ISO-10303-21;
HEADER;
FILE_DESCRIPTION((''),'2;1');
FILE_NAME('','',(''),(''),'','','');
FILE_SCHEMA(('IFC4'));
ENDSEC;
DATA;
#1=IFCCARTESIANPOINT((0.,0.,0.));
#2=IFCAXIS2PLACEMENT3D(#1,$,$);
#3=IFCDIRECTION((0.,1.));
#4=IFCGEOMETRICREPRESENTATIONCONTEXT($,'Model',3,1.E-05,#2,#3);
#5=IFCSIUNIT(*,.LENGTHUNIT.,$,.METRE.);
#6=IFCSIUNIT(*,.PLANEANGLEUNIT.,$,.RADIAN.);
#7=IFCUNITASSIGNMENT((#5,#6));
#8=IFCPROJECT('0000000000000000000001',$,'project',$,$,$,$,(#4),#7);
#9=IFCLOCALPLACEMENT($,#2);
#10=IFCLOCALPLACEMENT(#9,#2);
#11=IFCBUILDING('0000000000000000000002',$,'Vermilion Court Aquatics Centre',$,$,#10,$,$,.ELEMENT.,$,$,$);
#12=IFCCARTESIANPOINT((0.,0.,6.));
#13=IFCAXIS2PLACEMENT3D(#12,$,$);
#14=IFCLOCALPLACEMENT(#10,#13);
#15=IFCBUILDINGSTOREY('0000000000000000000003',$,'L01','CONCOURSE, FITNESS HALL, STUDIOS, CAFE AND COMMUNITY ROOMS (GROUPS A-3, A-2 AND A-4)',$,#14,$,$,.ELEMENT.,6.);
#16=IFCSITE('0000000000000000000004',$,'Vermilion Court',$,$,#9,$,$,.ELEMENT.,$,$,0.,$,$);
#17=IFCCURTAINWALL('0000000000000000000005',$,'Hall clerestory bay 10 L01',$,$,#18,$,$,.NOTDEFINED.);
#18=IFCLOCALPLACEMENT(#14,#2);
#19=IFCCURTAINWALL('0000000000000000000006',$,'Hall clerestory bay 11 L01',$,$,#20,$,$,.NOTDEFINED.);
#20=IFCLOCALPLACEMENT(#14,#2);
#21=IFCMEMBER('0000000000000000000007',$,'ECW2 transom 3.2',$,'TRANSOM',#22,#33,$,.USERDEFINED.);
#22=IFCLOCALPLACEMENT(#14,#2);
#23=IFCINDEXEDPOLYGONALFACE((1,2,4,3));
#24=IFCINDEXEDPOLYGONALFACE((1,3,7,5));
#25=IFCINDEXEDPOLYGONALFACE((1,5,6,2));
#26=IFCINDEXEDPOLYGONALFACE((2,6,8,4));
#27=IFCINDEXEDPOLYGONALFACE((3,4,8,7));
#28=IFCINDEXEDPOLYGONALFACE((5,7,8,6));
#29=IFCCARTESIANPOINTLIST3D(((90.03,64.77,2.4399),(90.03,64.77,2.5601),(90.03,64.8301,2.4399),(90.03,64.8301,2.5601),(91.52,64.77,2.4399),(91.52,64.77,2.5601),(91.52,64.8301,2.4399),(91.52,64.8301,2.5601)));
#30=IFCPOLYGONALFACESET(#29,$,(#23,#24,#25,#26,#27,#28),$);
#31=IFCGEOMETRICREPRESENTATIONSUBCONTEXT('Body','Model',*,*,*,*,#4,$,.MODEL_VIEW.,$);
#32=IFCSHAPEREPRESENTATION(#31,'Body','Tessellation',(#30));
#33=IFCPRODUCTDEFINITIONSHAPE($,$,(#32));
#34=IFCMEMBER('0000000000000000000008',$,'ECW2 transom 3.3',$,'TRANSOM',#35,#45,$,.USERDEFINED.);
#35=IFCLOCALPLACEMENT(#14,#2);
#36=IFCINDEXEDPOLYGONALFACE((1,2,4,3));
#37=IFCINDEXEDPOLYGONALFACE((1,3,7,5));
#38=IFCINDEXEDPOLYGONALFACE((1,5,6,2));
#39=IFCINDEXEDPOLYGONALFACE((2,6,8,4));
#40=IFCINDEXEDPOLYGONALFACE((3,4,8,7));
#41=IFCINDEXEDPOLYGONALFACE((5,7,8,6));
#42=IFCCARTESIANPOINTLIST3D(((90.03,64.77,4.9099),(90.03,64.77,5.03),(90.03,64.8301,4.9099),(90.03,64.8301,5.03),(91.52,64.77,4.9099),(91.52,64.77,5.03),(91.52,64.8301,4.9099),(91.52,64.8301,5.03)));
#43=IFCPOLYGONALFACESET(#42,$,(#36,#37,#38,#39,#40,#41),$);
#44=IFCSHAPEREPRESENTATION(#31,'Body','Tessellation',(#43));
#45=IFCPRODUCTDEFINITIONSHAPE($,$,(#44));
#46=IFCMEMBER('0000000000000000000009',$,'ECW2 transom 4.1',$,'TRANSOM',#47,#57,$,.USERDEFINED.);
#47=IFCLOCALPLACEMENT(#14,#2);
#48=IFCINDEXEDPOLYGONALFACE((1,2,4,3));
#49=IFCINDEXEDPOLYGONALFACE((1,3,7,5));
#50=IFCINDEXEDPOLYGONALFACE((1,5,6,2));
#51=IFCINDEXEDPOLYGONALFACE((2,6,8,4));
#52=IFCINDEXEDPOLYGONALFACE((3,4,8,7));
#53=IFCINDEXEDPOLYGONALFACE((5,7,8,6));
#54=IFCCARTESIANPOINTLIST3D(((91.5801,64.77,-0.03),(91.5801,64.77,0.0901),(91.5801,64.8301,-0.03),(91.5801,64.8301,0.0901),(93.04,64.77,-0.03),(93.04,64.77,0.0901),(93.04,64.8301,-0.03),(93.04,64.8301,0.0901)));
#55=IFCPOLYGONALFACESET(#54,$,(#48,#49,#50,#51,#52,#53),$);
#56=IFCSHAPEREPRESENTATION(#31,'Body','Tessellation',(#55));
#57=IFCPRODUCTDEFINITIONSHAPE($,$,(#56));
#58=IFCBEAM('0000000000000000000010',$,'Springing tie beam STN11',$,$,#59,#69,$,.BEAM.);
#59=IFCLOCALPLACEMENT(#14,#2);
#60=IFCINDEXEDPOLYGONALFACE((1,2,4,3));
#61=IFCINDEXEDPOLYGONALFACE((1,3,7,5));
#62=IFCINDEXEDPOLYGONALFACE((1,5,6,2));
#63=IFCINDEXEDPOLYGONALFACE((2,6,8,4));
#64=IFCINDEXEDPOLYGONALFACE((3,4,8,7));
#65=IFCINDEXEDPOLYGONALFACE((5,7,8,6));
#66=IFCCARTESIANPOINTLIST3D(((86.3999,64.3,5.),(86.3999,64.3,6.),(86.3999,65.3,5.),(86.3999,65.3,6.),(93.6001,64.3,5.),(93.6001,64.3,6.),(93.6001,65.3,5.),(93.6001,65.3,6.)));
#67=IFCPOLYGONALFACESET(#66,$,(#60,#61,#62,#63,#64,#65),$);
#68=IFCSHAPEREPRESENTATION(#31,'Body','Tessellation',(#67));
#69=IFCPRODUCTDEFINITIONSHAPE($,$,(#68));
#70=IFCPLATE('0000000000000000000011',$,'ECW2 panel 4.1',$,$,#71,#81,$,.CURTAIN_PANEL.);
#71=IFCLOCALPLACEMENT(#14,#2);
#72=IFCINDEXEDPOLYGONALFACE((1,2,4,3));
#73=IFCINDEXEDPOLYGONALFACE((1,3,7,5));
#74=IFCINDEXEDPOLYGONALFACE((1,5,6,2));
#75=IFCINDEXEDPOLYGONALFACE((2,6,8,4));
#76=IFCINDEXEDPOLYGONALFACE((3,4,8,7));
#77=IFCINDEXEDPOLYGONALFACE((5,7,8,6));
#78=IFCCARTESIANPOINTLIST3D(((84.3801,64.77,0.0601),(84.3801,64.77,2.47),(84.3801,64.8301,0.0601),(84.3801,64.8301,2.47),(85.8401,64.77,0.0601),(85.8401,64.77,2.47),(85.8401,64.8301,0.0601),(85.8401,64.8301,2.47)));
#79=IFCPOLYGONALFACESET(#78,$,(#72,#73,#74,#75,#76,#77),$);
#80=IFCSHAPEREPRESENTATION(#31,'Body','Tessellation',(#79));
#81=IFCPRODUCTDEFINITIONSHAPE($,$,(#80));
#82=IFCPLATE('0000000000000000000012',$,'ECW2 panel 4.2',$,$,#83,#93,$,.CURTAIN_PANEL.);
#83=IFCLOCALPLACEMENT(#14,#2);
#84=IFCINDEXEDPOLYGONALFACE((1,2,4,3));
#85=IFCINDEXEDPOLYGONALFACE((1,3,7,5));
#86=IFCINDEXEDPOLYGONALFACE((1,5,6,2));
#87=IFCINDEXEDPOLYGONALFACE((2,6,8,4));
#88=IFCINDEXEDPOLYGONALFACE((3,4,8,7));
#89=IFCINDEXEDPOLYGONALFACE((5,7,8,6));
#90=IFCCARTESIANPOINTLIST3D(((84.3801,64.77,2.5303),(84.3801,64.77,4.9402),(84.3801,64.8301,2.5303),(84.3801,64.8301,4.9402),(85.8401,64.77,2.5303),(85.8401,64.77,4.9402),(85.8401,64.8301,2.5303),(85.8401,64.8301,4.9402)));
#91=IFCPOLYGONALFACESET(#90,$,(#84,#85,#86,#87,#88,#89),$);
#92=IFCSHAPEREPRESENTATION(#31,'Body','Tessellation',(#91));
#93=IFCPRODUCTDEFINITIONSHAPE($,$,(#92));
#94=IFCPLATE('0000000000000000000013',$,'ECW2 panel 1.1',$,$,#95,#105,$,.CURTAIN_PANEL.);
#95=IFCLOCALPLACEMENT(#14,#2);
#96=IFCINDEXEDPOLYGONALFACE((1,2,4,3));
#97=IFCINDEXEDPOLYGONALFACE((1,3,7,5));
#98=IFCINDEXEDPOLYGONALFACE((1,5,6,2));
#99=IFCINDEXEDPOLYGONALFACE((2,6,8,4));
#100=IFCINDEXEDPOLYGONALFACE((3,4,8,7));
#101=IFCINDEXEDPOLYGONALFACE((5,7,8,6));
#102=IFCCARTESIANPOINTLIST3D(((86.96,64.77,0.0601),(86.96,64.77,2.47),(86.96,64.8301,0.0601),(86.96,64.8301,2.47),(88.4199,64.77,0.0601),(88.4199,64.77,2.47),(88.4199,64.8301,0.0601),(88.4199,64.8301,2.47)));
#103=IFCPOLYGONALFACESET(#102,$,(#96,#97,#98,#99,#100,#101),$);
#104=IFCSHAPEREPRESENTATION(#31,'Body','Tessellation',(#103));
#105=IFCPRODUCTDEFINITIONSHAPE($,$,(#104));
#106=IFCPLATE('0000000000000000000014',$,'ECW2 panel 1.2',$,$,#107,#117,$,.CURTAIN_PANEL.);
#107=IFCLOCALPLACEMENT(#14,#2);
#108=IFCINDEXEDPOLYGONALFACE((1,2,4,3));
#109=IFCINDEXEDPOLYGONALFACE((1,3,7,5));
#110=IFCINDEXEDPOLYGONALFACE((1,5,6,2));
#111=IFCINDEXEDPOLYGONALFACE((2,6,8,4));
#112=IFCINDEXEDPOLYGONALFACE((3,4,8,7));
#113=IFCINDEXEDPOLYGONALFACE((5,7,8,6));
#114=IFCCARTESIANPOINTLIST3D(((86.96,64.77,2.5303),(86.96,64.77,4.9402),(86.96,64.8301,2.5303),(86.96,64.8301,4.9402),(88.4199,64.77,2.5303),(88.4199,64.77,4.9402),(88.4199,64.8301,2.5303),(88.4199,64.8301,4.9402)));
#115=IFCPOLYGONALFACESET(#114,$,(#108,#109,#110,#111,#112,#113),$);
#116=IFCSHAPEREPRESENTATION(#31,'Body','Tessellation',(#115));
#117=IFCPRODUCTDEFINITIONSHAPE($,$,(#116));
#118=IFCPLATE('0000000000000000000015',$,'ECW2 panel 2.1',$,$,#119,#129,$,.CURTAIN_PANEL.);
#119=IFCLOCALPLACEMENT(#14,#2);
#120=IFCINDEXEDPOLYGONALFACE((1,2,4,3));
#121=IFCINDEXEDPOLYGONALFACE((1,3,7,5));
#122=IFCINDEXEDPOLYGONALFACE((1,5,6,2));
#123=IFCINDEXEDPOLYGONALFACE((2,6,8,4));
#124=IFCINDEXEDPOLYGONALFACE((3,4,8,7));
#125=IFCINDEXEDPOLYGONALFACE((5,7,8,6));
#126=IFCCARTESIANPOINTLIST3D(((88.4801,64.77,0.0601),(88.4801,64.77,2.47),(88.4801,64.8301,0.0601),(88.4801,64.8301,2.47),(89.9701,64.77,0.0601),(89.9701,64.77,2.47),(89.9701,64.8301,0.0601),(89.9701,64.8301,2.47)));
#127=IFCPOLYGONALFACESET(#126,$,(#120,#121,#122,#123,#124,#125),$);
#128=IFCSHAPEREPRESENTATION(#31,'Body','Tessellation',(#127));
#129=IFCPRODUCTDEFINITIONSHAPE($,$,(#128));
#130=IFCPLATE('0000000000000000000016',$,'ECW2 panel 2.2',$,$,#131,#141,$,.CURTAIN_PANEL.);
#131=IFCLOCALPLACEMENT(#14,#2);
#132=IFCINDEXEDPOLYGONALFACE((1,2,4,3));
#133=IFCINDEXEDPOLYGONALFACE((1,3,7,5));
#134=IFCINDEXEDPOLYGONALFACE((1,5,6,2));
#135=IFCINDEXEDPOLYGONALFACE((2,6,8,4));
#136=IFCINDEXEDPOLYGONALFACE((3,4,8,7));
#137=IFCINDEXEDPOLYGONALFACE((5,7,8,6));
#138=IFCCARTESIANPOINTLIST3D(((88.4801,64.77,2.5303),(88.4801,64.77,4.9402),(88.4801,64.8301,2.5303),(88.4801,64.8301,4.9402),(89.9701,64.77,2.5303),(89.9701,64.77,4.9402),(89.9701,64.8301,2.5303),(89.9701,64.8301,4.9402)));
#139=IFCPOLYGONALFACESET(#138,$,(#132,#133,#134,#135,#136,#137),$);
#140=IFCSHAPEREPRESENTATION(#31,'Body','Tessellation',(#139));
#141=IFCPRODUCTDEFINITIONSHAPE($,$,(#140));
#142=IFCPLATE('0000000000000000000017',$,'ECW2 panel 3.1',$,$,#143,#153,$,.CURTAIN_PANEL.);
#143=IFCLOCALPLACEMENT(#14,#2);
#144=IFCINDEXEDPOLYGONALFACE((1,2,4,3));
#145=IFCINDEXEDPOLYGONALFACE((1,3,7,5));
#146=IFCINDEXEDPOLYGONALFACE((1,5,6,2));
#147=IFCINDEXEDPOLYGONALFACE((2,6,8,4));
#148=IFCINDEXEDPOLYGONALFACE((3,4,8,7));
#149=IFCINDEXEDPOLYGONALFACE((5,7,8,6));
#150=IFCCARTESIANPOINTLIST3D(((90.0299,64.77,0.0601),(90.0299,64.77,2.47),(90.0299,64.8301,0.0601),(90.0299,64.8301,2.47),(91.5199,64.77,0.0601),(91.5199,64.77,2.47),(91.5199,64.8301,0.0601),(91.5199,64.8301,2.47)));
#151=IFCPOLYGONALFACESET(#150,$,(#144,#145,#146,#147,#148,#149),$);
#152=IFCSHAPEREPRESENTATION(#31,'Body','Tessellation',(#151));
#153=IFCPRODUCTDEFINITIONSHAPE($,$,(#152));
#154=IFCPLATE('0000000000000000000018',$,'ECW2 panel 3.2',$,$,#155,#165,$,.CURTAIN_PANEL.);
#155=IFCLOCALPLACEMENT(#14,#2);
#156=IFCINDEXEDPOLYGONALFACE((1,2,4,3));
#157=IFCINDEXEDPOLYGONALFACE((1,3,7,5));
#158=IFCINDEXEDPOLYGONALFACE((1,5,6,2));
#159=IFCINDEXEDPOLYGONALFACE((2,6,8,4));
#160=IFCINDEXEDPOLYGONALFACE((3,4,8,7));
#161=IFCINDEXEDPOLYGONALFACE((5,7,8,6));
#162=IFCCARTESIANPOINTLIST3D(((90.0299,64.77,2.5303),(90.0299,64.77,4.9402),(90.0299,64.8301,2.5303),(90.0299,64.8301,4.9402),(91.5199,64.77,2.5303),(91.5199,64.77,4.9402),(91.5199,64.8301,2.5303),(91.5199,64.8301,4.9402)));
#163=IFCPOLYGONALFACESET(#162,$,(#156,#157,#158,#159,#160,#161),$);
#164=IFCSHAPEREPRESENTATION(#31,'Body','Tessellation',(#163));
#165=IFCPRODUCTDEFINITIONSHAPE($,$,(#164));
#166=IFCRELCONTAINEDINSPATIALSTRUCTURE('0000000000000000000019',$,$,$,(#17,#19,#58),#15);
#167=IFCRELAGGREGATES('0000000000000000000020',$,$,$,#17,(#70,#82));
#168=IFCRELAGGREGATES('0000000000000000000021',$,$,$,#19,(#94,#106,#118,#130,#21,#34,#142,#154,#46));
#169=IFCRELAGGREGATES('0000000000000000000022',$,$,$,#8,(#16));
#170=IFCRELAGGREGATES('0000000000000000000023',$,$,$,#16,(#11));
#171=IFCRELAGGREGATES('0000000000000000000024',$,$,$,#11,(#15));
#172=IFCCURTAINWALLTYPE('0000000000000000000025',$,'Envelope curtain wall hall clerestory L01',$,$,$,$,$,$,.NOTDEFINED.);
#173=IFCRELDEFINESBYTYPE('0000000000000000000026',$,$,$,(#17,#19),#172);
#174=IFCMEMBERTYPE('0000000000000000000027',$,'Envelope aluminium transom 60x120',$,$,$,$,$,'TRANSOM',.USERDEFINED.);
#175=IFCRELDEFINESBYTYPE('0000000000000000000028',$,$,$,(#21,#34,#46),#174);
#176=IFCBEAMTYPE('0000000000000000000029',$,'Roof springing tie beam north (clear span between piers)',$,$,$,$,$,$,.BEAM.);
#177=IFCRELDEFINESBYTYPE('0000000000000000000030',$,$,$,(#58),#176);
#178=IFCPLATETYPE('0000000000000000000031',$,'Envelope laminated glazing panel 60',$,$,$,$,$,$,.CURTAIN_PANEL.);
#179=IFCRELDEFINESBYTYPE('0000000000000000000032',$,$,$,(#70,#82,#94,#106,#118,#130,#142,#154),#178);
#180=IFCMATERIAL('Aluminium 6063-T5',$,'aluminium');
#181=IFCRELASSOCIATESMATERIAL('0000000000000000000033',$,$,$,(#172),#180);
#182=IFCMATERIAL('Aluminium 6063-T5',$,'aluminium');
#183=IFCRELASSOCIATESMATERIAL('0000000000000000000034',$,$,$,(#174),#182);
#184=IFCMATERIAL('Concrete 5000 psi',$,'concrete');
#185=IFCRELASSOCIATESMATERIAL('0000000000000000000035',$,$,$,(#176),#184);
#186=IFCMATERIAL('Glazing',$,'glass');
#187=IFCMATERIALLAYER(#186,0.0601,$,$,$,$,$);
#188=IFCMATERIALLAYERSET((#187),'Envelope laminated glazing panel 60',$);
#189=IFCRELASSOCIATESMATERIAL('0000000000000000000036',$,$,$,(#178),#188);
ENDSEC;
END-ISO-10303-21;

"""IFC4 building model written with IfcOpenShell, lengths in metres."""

from ifc_helpers import new_model, si_unit, direction, frame, origin, origin_2d, place, context, subcontext, project, spatial, rectangle, extrude, material, layer, layer_set, material_profile, profile_set, type_object, element, aggregate, save


model = new_model("IFC4")

# Units and contexts
model_context = context("Model", 3, precision=1e-05, world=origin(), true_north=direction((0.0, 1.0)))
body_context = subcontext(model_context, "Body", "Model", "MODEL_VIEW")
ifc_project = project(units=[si_unit("LENGTHUNIT", "METRE"), si_unit("PLANEANGLEUNIT", "RADIAN")], contexts=[model_context])

# Site, building, storey
site_placement = place(None, origin())
site = spatial("IfcSite", under=ifc_project, at=site_placement, Name="Vermilion Court", CompositionType="ELEMENT", RefElevation=0.0)
building_placement = place(site_placement, origin())
building = spatial("IfcBuilding", under=site, at=building_placement, Name="Vermilion Court Aquatics Centre", CompositionType="ELEMENT")
storey_placement = place(building_placement, frame((0.0, 0.0, 6.0)))
storey = spatial("IfcBuildingStorey", under=building, at=storey_placement, Name="L01", Description="CONCOURSE, FITNESS HALL, STUDIOS, CAFE AND COMMUNITY ROOMS (GROUPS A-3, A-2 AND A-4)", CompositionType="ELEMENT", Elevation=6.0)

# Curtain wall
ifc_material_1 = material(Name="Aluminium 6063-T5", Category="aluminium")
curtain_wall_type = type_object("IfcCurtainWallType", Name="Envelope curtain wall hall clerestory L01", PredefinedType="NOTDEFINED", material=ifc_material_1)
curtain_wall_1_placement = place(storey_placement, origin())
curtain_wall_1 = element("IfcCurtainWall", 1, at=curtain_wall_1_placement, inside=storey, type_object=curtain_wall_type, Name="Hall clerestory bay 10 L01", PredefinedType="NOTDEFINED")

# Curtain wall
curtain_wall_2_placement = place(storey_placement, origin())
curtain_wall_2 = element("IfcCurtainWall", 2, at=curtain_wall_2_placement, inside=storey, type_object=curtain_wall_type, Name="Hall clerestory bay 11 L01", PredefinedType="NOTDEFINED")

# Members
ifc_material_2 = material(Name="Aluminium 6063-T5", Category="aluminium")
ifc_material_profile_1 = material_profile(ifc_material_2, rectangle(XDim=0.0601, YDim=0.1201, at=origin_2d()), Name="AL 60x120")
ifc_profile_set_1 = profile_set([ifc_material_profile_1], Name="Aluminium 6063-T5")
member_type_1 = type_object("IfcMemberType", Name="Envelope aluminium transom 60x120", ElementType="TRANSOM", PredefinedType="USERDEFINED", material=ifc_profile_set_1)
member_1_placement = place(storey_placement, frame((90.03, 64.8, 2.5), z_axis=(1.0, 0.0, 0.0), x_axis=(0.0, 1.0, 0.0)))
member_1 = element("IfcMember", 3, at=member_1_placement, type_object=member_type_1, Name="ECW2 transom 3.2", ObjectType="TRANSOM", PredefinedType="USERDEFINED", context=body_context, shape_type="SweptSolid", body=[
    extrude(rectangle(XDim=0.0601, YDim=0.1201, at=origin_2d()), origin(), (0.0, 0.0, 1.0), 1.49),
])
member_2_placement = place(storey_placement, frame((90.03, 64.8, 4.97), z_axis=(1.0, 0.0, 0.0), x_axis=(0.0, 1.0, 0.0)))
member_2 = element("IfcMember", 4, at=member_2_placement, type_object=member_type_1, Name="ECW2 transom 3.3", ObjectType="TRANSOM", PredefinedType="USERDEFINED", context=body_context, shape_type="SweptSolid", body=[
    extrude(rectangle(XDim=0.0601, YDim=0.1201, at=origin_2d()), origin(), (0.0, 0.0, 1.0), 1.49),
])
member_3_placement = place(storey_placement, frame((91.5801, 64.8, 0.03), z_axis=(1.0, 0.0, 0.0), x_axis=(0.0, 1.0, 0.0)))
member_3 = element("IfcMember", 5, at=member_3_placement, type_object=member_type_1, Name="ECW2 transom 4.1", ObjectType="TRANSOM", PredefinedType="USERDEFINED", context=body_context, shape_type="SweptSolid", body=[
    extrude(rectangle(XDim=0.0601, YDim=0.1201, at=origin_2d()), origin(), (0.0, 0.0, 1.0), 1.46),
])

# Beam
ifc_material_3 = material(Name="Concrete 5000 psi", Category="concrete")
ifc_material_profile_2 = material_profile(ifc_material_3, rectangle(XDim=1.0, YDim=1.0, at=origin_2d()), Name="RC 1000x1000")
ifc_profile_set_2 = profile_set([ifc_material_profile_2], Name="Concrete 5000 psi")
beam_type = type_object("IfcBeamType", Name="Roof springing tie beam north (clear span between piers)", PredefinedType="BEAM", material=ifc_profile_set_2)
beam_placement = place(storey_placement, frame((86.3999, 64.8, 5.5), z_axis=(1.0, 0.0, 0.0), x_axis=(0.0, 1.0, 0.0)))
element("IfcBeam", 6, at=beam_placement, inside=storey, type_object=beam_type, Name="Springing tie beam STN11", PredefinedType="BEAM", context=body_context, shape_type="SweptSolid", body=[
    extrude(rectangle(XDim=1.0, YDim=1.0, at=origin_2d()), origin(), (0.0, 0.0, 1.0), 7.2002),
])

# Plates
ifc_material_4 = material(Name="Glazing", Category="glass")
ifc_layer = layer(ifc_material_4, 0.0601)
ifc_layer_set = layer_set([ifc_layer], Name="Envelope laminated glazing panel 60")
plate_type = type_object("IfcPlateType", Name="Envelope laminated glazing panel 60", PredefinedType="CURTAIN_PANEL", material=ifc_layer_set)
plate_1_placement = place(storey_placement, frame((85.1101, 64.8, 0.0601), z_axis=(0.0, 0.0, 1.0), x_axis=(1.0, 0.0, 0.0)))
plate_1 = element("IfcPlate", 7, at=plate_1_placement, type_object=plate_type, Name="ECW2 panel 4.1", PredefinedType="CURTAIN_PANEL", context=body_context, shape_type="SweptSolid", body=[
    extrude(rectangle(XDim=1.46, YDim=0.0601, at=origin_2d()), origin(), (0.0, 0.0, 1.0), 2.4099),
])
plate_2_placement = place(storey_placement, frame((85.1101, 64.8, 2.5303), z_axis=(0.0, 0.0, 1.0), x_axis=(1.0, 0.0, 0.0)))
plate_2 = element("IfcPlate", 8, at=plate_2_placement, type_object=plate_type, Name="ECW2 panel 4.2", PredefinedType="CURTAIN_PANEL", context=body_context, shape_type="SweptSolid", body=[
    extrude(rectangle(XDim=1.46, YDim=0.0601, at=origin_2d()), origin(), (0.0, 0.0, 1.0), 2.4099),
])
aggregate(curtain_wall_1, [plate_1, plate_2])
plate_3_placement = place(storey_placement, frame((87.6899, 64.8, 0.0601), z_axis=(0.0, 0.0, 1.0), x_axis=(1.0, 0.0, 0.0)))
plate_3 = element("IfcPlate", 9, at=plate_3_placement, type_object=plate_type, Name="ECW2 panel 1.1", PredefinedType="CURTAIN_PANEL", context=body_context, shape_type="SweptSolid", body=[
    extrude(rectangle(XDim=1.46, YDim=0.0601, at=origin_2d()), origin(), (0.0, 0.0, 1.0), 2.4099),
])
plate_4_placement = place(storey_placement, frame((87.6899, 64.8, 2.5303), z_axis=(0.0, 0.0, 1.0), x_axis=(1.0, 0.0, 0.0)))
plate_4 = element("IfcPlate", 10, at=plate_4_placement, type_object=plate_type, Name="ECW2 panel 1.2", PredefinedType="CURTAIN_PANEL", context=body_context, shape_type="SweptSolid", body=[
    extrude(rectangle(XDim=1.46, YDim=0.0601, at=origin_2d()), origin(), (0.0, 0.0, 1.0), 2.4099),
])
plate_5_placement = place(storey_placement, frame((89.2251, 64.8, 0.0601), z_axis=(0.0, 0.0, 1.0), x_axis=(1.0, 0.0, 0.0)))
plate_5 = element("IfcPlate", 11, at=plate_5_placement, type_object=plate_type, Name="ECW2 panel 2.1", PredefinedType="CURTAIN_PANEL", context=body_context, shape_type="SweptSolid", body=[
    extrude(rectangle(XDim=1.49, YDim=0.0601, at=origin_2d()), origin(), (0.0, 0.0, 1.0), 2.4099),
])
plate_6_placement = place(storey_placement, frame((89.2251, 64.8, 2.5303), z_axis=(0.0, 0.0, 1.0), x_axis=(1.0, 0.0, 0.0)))
plate_6 = element("IfcPlate", 12, at=plate_6_placement, type_object=plate_type, Name="ECW2 panel 2.2", PredefinedType="CURTAIN_PANEL", context=body_context, shape_type="SweptSolid", body=[
    extrude(rectangle(XDim=1.49, YDim=0.0601, at=origin_2d()), origin(), (0.0, 0.0, 1.0), 2.4099),
])
plate_7_placement = place(storey_placement, frame((90.7749, 64.8, 0.0601), z_axis=(0.0, 0.0, 1.0), x_axis=(1.0, 0.0, 0.0)))
plate_7 = element("IfcPlate", 13, at=plate_7_placement, type_object=plate_type, Name="ECW2 panel 3.1", PredefinedType="CURTAIN_PANEL", context=body_context, shape_type="SweptSolid", body=[
    extrude(rectangle(XDim=1.49, YDim=0.0601, at=origin_2d()), origin(), (0.0, 0.0, 1.0), 2.4099),
])
plate_8_placement = place(storey_placement, frame((90.7749, 64.8, 2.5303), z_axis=(0.0, 0.0, 1.0), x_axis=(1.0, 0.0, 0.0)))
plate_8 = element("IfcPlate", 14, at=plate_8_placement, type_object=plate_type, Name="ECW2 panel 3.2", PredefinedType="CURTAIN_PANEL", context=body_context, shape_type="SweptSolid", body=[
    extrude(rectangle(XDim=1.49, YDim=0.0601, at=origin_2d()), origin(), (0.0, 0.0, 1.0), 2.4099),
])
aggregate(curtain_wall_2, [plate_3, plate_4, plate_5, plate_6, member_1, member_2, plate_7, plate_8, member_3])

save(model, "model.ifc")
